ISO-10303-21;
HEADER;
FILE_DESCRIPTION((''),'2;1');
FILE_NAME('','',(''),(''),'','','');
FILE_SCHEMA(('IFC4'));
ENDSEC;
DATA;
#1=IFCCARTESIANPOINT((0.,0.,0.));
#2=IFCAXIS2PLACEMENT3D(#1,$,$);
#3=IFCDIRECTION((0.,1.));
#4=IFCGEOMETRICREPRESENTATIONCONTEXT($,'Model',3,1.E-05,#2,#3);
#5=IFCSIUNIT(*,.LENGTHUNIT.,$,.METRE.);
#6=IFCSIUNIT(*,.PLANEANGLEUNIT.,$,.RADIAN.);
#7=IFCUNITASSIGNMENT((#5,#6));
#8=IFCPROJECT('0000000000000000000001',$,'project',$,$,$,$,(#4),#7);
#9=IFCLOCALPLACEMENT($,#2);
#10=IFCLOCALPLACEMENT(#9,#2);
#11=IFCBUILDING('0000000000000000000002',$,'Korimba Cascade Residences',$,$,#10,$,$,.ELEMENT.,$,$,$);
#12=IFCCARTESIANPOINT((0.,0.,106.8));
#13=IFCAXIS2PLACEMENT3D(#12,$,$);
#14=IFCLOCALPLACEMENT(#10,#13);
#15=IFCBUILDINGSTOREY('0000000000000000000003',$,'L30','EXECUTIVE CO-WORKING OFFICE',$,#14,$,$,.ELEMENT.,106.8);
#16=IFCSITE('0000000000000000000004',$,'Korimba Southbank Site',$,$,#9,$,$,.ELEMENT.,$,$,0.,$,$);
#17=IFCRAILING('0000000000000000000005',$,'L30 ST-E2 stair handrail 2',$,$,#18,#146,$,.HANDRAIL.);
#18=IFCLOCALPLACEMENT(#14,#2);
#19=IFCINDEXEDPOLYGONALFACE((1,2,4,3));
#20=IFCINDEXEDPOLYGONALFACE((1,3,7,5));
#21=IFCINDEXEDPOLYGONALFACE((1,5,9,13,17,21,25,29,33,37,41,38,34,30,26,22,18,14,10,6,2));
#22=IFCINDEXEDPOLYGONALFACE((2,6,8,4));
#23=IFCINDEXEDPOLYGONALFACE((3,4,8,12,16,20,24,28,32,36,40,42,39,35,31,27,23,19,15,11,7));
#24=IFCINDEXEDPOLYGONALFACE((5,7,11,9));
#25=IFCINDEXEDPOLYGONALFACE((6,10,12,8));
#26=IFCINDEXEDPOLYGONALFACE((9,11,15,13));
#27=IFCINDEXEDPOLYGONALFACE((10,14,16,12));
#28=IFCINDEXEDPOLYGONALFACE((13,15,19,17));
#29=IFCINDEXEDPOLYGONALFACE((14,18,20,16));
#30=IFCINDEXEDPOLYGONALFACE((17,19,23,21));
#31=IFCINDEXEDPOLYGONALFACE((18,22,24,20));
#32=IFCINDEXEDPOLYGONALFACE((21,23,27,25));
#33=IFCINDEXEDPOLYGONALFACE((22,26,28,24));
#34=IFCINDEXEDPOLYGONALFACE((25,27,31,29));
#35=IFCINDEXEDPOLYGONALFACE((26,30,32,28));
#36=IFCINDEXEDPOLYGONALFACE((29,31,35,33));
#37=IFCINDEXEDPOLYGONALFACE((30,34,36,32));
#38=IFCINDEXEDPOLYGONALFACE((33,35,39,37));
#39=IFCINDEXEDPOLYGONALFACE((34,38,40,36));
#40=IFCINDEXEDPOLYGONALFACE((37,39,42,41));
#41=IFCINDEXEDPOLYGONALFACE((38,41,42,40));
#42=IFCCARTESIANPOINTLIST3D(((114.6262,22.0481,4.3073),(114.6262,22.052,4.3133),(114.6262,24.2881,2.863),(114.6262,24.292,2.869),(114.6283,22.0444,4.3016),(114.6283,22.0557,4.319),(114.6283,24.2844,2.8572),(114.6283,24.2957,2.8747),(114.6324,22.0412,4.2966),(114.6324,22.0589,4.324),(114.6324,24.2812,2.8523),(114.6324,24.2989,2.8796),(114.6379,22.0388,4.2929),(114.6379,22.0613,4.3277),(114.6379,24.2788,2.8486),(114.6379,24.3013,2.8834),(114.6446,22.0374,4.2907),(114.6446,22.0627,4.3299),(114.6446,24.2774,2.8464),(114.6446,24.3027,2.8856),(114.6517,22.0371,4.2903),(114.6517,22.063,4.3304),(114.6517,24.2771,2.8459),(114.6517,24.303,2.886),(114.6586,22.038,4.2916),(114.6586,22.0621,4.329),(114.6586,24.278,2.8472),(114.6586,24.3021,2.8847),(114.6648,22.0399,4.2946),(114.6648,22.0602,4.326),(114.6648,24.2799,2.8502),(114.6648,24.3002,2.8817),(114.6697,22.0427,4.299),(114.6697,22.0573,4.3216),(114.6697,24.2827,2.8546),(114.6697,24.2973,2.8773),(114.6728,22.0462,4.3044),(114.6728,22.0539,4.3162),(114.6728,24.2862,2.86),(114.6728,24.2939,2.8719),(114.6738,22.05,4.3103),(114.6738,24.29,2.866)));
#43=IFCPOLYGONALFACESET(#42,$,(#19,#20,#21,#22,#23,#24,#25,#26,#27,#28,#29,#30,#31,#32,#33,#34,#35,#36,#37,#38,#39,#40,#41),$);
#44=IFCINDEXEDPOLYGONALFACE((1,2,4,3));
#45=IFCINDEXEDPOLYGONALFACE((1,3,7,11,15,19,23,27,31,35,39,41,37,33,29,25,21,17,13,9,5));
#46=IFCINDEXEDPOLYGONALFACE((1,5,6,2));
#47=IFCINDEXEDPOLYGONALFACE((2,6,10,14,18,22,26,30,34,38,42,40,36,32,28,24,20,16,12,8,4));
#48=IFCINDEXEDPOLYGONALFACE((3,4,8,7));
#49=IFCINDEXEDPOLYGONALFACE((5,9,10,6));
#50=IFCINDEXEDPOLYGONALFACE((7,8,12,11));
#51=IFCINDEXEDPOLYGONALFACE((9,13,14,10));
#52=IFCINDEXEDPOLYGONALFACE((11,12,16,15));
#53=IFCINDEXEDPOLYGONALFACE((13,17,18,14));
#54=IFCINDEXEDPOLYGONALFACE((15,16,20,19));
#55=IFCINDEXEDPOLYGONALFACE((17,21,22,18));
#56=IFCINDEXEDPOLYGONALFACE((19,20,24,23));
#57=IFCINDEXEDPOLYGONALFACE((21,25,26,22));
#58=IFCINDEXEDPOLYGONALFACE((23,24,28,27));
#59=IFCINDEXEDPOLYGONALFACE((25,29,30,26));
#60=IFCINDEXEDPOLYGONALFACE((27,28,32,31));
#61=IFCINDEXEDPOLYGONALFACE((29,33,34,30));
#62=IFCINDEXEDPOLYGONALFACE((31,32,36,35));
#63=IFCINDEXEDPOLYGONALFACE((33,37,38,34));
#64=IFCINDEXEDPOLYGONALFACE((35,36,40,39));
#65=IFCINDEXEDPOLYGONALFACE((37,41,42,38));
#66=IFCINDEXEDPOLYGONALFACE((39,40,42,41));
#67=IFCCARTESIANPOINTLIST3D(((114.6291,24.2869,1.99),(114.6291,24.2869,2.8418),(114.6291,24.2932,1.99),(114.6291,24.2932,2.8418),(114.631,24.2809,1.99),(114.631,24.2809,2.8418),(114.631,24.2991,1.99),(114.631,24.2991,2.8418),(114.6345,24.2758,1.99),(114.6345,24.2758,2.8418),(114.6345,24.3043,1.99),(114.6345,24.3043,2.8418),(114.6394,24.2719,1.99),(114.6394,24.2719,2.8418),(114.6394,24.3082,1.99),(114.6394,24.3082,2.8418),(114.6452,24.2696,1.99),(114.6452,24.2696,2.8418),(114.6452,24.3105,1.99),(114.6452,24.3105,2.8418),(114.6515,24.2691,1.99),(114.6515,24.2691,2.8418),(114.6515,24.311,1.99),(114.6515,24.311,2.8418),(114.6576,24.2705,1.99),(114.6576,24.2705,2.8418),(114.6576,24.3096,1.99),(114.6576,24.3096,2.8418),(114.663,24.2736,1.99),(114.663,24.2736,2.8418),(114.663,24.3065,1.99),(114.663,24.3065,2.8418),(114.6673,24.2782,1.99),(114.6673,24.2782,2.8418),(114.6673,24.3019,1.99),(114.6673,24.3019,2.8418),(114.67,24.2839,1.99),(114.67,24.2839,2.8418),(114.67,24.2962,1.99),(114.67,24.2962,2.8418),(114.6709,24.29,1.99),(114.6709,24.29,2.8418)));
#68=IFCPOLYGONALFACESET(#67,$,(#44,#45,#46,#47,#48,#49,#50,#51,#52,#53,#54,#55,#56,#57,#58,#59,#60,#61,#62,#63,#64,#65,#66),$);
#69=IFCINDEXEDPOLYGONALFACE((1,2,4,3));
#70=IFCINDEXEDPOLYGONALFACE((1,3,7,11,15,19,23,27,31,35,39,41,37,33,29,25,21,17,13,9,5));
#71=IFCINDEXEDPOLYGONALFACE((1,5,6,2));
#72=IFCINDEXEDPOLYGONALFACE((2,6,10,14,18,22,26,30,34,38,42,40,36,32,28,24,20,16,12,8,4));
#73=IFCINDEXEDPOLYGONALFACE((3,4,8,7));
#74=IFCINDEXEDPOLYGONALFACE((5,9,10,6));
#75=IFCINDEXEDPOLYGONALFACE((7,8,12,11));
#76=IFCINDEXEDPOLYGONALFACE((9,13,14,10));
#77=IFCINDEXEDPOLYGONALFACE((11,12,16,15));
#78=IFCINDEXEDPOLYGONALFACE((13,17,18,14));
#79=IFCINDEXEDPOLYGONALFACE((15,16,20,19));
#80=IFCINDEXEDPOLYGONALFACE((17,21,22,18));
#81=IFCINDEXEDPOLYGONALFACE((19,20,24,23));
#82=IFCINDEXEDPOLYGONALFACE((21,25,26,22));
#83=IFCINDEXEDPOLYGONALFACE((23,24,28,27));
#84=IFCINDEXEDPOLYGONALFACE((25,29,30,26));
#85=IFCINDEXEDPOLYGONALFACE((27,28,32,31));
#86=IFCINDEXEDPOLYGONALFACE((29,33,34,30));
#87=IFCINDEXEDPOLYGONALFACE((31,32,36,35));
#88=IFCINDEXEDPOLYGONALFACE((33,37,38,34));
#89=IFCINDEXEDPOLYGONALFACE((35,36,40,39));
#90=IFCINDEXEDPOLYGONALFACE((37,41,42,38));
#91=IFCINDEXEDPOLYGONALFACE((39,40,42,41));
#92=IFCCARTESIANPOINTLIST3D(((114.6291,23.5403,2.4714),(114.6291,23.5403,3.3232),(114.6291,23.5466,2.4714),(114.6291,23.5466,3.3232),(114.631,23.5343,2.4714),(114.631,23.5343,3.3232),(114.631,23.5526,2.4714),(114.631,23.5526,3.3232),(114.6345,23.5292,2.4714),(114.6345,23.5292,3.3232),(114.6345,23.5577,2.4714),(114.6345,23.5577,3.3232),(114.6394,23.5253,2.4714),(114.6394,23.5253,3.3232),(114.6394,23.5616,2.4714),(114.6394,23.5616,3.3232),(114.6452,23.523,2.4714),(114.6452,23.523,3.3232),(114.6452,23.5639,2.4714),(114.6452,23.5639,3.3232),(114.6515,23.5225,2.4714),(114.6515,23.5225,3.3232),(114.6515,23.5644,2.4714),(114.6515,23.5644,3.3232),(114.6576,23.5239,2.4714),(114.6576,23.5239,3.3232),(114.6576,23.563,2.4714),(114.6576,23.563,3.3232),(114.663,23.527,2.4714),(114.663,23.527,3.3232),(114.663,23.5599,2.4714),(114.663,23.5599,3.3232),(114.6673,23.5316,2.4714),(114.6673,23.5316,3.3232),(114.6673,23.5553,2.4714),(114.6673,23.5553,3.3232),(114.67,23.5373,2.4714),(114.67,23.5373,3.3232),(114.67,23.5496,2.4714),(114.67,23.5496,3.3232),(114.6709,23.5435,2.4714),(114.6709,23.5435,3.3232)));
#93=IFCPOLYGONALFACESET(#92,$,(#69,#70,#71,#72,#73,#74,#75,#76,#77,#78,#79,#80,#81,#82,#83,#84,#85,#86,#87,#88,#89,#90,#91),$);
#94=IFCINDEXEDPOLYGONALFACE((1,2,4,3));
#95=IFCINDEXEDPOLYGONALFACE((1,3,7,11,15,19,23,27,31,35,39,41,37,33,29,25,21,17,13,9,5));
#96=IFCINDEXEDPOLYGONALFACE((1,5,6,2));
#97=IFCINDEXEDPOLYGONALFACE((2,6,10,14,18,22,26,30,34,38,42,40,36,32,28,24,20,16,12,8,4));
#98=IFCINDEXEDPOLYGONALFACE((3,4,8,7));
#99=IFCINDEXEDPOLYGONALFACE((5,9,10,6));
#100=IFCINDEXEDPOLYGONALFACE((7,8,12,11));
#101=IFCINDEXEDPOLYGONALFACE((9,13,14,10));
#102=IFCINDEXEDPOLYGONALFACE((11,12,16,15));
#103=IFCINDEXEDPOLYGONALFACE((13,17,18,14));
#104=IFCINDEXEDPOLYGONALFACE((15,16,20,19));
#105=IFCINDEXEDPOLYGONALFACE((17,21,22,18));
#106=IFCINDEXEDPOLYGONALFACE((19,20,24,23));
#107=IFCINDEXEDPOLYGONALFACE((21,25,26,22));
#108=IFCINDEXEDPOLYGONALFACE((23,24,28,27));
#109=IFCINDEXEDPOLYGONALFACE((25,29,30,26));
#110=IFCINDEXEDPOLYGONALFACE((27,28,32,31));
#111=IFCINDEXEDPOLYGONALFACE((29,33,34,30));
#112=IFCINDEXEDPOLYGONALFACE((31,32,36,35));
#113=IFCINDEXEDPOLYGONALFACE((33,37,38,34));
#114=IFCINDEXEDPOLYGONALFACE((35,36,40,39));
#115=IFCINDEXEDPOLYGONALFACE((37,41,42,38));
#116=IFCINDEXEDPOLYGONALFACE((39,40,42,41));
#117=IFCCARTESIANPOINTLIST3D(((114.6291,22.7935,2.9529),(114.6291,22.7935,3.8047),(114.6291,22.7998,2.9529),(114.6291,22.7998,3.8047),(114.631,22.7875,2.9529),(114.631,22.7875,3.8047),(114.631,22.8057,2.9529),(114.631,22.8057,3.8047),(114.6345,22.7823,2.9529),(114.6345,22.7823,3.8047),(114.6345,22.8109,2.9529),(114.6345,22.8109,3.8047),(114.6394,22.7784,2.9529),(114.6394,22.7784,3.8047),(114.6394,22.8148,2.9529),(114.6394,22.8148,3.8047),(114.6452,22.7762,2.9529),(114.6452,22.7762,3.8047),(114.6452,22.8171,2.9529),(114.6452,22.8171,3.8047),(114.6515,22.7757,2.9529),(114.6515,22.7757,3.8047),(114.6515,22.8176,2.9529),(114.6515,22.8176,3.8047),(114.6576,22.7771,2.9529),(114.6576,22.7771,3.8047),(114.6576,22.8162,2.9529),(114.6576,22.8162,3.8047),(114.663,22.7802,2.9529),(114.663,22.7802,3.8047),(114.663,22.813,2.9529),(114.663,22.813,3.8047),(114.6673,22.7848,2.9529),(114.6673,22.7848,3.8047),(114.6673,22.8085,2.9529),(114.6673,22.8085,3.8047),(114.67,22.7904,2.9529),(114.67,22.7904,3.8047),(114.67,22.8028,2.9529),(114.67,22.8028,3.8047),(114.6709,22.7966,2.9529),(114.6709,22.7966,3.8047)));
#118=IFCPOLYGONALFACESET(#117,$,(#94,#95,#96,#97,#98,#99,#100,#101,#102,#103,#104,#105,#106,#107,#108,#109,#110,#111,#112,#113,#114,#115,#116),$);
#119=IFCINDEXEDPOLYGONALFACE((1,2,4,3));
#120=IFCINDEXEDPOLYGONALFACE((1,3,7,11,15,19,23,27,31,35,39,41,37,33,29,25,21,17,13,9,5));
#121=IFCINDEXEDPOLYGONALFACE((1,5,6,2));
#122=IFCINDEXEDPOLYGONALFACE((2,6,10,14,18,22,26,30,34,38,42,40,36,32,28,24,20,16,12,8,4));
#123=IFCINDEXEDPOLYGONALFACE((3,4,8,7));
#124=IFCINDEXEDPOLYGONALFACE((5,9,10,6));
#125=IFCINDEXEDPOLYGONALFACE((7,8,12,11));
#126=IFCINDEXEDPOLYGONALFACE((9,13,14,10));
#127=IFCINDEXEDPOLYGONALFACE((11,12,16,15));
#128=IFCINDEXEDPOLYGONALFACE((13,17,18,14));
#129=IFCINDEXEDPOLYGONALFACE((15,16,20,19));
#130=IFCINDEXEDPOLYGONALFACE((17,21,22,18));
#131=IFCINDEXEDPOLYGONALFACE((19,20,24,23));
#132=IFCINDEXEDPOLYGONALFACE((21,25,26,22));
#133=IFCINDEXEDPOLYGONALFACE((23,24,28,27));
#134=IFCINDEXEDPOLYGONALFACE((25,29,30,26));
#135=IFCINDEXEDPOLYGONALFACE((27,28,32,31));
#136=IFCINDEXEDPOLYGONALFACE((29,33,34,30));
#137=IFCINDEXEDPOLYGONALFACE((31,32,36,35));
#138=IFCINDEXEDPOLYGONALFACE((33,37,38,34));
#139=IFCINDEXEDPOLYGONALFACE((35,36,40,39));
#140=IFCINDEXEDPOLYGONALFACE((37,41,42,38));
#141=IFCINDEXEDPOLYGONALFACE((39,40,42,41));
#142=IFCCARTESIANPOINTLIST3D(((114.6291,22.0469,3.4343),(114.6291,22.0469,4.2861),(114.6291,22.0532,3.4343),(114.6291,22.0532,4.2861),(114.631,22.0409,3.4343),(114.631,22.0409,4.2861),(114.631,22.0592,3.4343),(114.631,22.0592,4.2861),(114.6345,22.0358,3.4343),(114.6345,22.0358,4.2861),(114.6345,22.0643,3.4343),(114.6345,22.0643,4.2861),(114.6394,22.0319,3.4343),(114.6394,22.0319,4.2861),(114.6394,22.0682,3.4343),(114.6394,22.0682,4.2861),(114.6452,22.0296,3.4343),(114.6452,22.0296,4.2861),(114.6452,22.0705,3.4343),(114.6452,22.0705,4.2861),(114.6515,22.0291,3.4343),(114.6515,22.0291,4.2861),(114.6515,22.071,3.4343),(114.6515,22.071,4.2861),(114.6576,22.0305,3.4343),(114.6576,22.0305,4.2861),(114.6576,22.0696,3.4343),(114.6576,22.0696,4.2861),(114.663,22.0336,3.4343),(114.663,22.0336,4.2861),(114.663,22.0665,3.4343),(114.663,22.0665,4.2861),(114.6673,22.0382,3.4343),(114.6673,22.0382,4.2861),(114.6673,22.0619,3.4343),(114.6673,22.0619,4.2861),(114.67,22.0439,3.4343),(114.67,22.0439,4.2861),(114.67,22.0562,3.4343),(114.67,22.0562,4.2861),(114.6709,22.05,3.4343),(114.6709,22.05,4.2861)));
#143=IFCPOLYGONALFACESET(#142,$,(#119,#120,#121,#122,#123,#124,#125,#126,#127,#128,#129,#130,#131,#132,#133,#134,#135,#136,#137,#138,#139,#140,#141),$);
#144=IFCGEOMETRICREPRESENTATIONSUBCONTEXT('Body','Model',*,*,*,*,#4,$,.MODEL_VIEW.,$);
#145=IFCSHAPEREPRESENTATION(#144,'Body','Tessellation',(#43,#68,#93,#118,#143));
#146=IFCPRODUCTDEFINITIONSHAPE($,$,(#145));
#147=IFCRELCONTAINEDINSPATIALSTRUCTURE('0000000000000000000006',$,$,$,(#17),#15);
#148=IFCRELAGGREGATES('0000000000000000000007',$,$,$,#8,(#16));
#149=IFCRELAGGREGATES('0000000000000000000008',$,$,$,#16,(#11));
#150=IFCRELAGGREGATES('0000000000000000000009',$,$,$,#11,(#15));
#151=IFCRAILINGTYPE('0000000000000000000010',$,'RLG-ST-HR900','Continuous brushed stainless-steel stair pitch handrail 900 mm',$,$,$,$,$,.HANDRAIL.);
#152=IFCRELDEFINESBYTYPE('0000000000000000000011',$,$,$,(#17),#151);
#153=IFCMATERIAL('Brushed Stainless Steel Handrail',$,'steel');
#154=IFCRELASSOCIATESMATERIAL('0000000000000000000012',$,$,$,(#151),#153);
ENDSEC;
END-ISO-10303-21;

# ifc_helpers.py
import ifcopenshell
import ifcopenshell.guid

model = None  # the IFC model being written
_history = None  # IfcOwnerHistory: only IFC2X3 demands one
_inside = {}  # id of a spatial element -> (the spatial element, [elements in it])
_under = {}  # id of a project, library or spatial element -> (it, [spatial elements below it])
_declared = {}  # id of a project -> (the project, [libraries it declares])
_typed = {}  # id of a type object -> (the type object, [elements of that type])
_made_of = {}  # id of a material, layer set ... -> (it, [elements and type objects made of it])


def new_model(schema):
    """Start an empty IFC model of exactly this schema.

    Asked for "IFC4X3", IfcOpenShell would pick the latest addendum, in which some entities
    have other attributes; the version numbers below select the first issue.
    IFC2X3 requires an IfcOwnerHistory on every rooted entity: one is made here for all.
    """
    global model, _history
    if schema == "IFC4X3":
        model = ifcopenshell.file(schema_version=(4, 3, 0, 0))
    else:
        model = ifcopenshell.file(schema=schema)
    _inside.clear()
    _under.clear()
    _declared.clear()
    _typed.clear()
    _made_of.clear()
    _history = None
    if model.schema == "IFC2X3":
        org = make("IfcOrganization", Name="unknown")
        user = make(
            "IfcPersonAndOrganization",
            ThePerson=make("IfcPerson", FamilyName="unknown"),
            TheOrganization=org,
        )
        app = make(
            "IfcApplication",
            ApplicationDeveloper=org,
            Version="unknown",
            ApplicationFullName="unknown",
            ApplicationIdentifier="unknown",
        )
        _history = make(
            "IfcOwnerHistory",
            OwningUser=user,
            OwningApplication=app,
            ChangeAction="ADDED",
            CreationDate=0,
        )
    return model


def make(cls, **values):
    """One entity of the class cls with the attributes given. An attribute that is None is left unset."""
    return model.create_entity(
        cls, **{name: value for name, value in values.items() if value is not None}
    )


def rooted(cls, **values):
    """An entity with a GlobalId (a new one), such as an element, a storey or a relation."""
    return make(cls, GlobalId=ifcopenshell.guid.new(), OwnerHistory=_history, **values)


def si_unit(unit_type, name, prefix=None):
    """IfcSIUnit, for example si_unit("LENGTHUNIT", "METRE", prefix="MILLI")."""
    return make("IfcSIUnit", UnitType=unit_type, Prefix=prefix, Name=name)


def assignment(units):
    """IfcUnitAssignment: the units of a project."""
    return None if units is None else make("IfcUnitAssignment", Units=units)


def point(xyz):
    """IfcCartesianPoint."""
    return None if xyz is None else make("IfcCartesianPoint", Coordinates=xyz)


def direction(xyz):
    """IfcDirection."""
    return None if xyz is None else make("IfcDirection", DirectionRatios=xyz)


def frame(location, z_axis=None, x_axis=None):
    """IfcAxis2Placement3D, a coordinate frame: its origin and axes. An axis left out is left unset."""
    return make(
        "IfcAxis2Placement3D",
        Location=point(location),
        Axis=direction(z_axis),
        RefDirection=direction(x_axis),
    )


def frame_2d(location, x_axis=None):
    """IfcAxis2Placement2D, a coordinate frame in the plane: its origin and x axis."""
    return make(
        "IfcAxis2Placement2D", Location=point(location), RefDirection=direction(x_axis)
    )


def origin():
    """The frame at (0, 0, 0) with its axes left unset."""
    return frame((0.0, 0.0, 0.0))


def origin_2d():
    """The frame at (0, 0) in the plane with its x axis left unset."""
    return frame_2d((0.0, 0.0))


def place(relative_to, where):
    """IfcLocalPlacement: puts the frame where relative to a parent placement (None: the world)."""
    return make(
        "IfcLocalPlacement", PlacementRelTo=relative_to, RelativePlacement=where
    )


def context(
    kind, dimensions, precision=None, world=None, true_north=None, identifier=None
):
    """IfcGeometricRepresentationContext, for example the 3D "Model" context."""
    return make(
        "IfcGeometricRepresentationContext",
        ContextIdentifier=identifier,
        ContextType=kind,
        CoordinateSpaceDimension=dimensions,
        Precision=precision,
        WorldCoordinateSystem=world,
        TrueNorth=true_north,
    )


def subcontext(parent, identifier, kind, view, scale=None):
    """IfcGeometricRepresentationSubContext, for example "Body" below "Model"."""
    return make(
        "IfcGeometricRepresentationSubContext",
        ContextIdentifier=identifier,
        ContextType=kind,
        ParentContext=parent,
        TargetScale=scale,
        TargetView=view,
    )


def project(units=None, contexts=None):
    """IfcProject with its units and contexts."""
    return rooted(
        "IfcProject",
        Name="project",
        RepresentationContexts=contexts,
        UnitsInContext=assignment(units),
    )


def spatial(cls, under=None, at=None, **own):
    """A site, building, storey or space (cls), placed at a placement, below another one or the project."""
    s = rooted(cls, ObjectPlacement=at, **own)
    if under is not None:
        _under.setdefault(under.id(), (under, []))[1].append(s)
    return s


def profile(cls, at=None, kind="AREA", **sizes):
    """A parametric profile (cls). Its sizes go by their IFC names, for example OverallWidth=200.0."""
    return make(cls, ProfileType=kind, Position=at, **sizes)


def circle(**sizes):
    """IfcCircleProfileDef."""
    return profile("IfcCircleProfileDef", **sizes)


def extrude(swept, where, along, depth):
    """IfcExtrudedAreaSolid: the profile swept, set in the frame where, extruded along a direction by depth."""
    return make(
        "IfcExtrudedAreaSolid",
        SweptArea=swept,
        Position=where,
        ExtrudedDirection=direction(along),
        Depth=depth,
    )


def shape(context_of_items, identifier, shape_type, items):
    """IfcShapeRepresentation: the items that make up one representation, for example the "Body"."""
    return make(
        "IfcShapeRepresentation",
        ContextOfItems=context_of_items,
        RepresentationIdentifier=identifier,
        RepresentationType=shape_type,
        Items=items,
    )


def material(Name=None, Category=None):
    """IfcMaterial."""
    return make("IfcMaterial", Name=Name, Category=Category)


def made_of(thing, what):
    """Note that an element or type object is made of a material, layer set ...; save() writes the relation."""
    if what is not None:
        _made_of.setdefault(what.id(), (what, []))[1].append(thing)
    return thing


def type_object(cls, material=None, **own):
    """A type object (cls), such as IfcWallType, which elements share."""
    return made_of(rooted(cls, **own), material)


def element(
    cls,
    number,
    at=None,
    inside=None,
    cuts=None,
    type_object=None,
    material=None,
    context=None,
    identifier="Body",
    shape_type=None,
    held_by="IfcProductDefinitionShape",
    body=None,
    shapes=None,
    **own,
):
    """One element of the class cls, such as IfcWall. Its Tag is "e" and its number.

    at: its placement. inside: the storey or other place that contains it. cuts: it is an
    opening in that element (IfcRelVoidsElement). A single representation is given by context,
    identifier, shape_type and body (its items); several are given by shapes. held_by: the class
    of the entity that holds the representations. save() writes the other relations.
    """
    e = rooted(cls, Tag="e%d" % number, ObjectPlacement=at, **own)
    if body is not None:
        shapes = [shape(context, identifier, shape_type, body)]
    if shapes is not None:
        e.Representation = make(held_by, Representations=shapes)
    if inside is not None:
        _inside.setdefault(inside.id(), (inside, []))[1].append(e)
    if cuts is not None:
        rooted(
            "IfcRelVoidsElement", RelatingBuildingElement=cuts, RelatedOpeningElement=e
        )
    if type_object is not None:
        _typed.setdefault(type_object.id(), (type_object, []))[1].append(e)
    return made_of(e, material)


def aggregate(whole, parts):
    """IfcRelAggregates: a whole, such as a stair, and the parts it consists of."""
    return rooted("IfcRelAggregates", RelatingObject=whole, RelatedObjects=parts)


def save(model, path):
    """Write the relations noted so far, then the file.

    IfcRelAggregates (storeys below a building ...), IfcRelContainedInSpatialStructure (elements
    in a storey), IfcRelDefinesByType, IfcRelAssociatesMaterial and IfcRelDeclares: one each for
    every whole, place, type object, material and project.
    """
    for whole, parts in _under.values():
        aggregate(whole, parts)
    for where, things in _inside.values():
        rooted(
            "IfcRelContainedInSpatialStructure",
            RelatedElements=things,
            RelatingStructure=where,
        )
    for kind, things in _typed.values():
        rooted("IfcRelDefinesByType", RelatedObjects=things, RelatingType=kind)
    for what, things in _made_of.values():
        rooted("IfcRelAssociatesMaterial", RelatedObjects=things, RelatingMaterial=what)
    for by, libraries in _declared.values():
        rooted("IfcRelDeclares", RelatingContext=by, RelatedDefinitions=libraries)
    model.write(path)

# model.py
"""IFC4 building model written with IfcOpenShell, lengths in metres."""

from ifc_helpers import new_model, si_unit, direction, frame, origin, origin_2d, place, context, subcontext, project, spatial, circle, extrude, material, type_object, element, save


model = new_model("IFC4")

# Units and contexts
model_context = context("Model", 3, precision=1e-05, world=origin(), true_north=direction((0.0, 1.0)))
body_context = subcontext(model_context, "Body", "Model", "MODEL_VIEW")
ifc_project = project(units=[si_unit("LENGTHUNIT", "METRE"), si_unit("PLANEANGLEUNIT", "RADIAN")], contexts=[model_context])

# Site, building, storey
site_placement = place(None, origin())
site = spatial("IfcSite", under=ifc_project, at=site_placement, Name="Korimba Southbank Site", CompositionType="ELEMENT", RefElevation=0.0)
building_placement = place(site_placement, origin())
building = spatial("IfcBuilding", under=site, at=building_placement, Name="Korimba Cascade Residences", CompositionType="ELEMENT")
storey_placement = place(building_placement, frame((0.0, 0.0, 106.8)))
storey = spatial("IfcBuildingStorey", under=building, at=storey_placement, Name="L30", Description="EXECUTIVE CO-WORKING OFFICE", CompositionType="ELEMENT", Elevation=106.8)

# Railing
ifc_material_1 = material(Name="Brushed Stainless Steel Handrail", Category="steel")
railing_type_1 = type_object("IfcRailingType", Name="RLG-ST-HR900", Description="Continuous brushed stainless-steel stair pitch handrail 900 mm", PredefinedType="HANDRAIL", material=ifc_material_1)
railing_1_placement = place(storey_placement, frame((114.6499, 24.29, 1.99)))
element("IfcRailing", 1, at=railing_1_placement, inside=storey, type_object=railing_type_1, Name="L30 ST-E2 stair handrail 2", PredefinedType="HANDRAIL", context=body_context, shape_type="SweptSolid", body=[
    extrude(circle(Radius=0.0239, at=origin_2d()), frame((0.0, 0.0, 0.876), z_axis=(0.0, -0.840437, 0.54191), x_axis=(1.0, 0.0, 0.0)), (0.0, 0.0, 1.0), 2.6653),
    extrude(circle(Radius=0.021, at=origin_2d()), origin(), (0.0, 0.0, 1.0), 0.8518),
    extrude(circle(Radius=0.021, at=origin_2d()), frame((0.0, -0.7466, 0.4814)), (0.0, 0.0, 1.0), 0.8518),
    extrude(circle(Radius=0.021, at=origin_2d()), frame((0.0, -1.4934, 0.9629)), (0.0, 0.0, 1.0), 0.8518),
    extrude(circle(Radius=0.021, at=origin_2d()), frame((0.0, -2.24, 1.4443)), (0.0, 0.0, 1.0), 0.8518),
])

save(model, "model.ifc")
